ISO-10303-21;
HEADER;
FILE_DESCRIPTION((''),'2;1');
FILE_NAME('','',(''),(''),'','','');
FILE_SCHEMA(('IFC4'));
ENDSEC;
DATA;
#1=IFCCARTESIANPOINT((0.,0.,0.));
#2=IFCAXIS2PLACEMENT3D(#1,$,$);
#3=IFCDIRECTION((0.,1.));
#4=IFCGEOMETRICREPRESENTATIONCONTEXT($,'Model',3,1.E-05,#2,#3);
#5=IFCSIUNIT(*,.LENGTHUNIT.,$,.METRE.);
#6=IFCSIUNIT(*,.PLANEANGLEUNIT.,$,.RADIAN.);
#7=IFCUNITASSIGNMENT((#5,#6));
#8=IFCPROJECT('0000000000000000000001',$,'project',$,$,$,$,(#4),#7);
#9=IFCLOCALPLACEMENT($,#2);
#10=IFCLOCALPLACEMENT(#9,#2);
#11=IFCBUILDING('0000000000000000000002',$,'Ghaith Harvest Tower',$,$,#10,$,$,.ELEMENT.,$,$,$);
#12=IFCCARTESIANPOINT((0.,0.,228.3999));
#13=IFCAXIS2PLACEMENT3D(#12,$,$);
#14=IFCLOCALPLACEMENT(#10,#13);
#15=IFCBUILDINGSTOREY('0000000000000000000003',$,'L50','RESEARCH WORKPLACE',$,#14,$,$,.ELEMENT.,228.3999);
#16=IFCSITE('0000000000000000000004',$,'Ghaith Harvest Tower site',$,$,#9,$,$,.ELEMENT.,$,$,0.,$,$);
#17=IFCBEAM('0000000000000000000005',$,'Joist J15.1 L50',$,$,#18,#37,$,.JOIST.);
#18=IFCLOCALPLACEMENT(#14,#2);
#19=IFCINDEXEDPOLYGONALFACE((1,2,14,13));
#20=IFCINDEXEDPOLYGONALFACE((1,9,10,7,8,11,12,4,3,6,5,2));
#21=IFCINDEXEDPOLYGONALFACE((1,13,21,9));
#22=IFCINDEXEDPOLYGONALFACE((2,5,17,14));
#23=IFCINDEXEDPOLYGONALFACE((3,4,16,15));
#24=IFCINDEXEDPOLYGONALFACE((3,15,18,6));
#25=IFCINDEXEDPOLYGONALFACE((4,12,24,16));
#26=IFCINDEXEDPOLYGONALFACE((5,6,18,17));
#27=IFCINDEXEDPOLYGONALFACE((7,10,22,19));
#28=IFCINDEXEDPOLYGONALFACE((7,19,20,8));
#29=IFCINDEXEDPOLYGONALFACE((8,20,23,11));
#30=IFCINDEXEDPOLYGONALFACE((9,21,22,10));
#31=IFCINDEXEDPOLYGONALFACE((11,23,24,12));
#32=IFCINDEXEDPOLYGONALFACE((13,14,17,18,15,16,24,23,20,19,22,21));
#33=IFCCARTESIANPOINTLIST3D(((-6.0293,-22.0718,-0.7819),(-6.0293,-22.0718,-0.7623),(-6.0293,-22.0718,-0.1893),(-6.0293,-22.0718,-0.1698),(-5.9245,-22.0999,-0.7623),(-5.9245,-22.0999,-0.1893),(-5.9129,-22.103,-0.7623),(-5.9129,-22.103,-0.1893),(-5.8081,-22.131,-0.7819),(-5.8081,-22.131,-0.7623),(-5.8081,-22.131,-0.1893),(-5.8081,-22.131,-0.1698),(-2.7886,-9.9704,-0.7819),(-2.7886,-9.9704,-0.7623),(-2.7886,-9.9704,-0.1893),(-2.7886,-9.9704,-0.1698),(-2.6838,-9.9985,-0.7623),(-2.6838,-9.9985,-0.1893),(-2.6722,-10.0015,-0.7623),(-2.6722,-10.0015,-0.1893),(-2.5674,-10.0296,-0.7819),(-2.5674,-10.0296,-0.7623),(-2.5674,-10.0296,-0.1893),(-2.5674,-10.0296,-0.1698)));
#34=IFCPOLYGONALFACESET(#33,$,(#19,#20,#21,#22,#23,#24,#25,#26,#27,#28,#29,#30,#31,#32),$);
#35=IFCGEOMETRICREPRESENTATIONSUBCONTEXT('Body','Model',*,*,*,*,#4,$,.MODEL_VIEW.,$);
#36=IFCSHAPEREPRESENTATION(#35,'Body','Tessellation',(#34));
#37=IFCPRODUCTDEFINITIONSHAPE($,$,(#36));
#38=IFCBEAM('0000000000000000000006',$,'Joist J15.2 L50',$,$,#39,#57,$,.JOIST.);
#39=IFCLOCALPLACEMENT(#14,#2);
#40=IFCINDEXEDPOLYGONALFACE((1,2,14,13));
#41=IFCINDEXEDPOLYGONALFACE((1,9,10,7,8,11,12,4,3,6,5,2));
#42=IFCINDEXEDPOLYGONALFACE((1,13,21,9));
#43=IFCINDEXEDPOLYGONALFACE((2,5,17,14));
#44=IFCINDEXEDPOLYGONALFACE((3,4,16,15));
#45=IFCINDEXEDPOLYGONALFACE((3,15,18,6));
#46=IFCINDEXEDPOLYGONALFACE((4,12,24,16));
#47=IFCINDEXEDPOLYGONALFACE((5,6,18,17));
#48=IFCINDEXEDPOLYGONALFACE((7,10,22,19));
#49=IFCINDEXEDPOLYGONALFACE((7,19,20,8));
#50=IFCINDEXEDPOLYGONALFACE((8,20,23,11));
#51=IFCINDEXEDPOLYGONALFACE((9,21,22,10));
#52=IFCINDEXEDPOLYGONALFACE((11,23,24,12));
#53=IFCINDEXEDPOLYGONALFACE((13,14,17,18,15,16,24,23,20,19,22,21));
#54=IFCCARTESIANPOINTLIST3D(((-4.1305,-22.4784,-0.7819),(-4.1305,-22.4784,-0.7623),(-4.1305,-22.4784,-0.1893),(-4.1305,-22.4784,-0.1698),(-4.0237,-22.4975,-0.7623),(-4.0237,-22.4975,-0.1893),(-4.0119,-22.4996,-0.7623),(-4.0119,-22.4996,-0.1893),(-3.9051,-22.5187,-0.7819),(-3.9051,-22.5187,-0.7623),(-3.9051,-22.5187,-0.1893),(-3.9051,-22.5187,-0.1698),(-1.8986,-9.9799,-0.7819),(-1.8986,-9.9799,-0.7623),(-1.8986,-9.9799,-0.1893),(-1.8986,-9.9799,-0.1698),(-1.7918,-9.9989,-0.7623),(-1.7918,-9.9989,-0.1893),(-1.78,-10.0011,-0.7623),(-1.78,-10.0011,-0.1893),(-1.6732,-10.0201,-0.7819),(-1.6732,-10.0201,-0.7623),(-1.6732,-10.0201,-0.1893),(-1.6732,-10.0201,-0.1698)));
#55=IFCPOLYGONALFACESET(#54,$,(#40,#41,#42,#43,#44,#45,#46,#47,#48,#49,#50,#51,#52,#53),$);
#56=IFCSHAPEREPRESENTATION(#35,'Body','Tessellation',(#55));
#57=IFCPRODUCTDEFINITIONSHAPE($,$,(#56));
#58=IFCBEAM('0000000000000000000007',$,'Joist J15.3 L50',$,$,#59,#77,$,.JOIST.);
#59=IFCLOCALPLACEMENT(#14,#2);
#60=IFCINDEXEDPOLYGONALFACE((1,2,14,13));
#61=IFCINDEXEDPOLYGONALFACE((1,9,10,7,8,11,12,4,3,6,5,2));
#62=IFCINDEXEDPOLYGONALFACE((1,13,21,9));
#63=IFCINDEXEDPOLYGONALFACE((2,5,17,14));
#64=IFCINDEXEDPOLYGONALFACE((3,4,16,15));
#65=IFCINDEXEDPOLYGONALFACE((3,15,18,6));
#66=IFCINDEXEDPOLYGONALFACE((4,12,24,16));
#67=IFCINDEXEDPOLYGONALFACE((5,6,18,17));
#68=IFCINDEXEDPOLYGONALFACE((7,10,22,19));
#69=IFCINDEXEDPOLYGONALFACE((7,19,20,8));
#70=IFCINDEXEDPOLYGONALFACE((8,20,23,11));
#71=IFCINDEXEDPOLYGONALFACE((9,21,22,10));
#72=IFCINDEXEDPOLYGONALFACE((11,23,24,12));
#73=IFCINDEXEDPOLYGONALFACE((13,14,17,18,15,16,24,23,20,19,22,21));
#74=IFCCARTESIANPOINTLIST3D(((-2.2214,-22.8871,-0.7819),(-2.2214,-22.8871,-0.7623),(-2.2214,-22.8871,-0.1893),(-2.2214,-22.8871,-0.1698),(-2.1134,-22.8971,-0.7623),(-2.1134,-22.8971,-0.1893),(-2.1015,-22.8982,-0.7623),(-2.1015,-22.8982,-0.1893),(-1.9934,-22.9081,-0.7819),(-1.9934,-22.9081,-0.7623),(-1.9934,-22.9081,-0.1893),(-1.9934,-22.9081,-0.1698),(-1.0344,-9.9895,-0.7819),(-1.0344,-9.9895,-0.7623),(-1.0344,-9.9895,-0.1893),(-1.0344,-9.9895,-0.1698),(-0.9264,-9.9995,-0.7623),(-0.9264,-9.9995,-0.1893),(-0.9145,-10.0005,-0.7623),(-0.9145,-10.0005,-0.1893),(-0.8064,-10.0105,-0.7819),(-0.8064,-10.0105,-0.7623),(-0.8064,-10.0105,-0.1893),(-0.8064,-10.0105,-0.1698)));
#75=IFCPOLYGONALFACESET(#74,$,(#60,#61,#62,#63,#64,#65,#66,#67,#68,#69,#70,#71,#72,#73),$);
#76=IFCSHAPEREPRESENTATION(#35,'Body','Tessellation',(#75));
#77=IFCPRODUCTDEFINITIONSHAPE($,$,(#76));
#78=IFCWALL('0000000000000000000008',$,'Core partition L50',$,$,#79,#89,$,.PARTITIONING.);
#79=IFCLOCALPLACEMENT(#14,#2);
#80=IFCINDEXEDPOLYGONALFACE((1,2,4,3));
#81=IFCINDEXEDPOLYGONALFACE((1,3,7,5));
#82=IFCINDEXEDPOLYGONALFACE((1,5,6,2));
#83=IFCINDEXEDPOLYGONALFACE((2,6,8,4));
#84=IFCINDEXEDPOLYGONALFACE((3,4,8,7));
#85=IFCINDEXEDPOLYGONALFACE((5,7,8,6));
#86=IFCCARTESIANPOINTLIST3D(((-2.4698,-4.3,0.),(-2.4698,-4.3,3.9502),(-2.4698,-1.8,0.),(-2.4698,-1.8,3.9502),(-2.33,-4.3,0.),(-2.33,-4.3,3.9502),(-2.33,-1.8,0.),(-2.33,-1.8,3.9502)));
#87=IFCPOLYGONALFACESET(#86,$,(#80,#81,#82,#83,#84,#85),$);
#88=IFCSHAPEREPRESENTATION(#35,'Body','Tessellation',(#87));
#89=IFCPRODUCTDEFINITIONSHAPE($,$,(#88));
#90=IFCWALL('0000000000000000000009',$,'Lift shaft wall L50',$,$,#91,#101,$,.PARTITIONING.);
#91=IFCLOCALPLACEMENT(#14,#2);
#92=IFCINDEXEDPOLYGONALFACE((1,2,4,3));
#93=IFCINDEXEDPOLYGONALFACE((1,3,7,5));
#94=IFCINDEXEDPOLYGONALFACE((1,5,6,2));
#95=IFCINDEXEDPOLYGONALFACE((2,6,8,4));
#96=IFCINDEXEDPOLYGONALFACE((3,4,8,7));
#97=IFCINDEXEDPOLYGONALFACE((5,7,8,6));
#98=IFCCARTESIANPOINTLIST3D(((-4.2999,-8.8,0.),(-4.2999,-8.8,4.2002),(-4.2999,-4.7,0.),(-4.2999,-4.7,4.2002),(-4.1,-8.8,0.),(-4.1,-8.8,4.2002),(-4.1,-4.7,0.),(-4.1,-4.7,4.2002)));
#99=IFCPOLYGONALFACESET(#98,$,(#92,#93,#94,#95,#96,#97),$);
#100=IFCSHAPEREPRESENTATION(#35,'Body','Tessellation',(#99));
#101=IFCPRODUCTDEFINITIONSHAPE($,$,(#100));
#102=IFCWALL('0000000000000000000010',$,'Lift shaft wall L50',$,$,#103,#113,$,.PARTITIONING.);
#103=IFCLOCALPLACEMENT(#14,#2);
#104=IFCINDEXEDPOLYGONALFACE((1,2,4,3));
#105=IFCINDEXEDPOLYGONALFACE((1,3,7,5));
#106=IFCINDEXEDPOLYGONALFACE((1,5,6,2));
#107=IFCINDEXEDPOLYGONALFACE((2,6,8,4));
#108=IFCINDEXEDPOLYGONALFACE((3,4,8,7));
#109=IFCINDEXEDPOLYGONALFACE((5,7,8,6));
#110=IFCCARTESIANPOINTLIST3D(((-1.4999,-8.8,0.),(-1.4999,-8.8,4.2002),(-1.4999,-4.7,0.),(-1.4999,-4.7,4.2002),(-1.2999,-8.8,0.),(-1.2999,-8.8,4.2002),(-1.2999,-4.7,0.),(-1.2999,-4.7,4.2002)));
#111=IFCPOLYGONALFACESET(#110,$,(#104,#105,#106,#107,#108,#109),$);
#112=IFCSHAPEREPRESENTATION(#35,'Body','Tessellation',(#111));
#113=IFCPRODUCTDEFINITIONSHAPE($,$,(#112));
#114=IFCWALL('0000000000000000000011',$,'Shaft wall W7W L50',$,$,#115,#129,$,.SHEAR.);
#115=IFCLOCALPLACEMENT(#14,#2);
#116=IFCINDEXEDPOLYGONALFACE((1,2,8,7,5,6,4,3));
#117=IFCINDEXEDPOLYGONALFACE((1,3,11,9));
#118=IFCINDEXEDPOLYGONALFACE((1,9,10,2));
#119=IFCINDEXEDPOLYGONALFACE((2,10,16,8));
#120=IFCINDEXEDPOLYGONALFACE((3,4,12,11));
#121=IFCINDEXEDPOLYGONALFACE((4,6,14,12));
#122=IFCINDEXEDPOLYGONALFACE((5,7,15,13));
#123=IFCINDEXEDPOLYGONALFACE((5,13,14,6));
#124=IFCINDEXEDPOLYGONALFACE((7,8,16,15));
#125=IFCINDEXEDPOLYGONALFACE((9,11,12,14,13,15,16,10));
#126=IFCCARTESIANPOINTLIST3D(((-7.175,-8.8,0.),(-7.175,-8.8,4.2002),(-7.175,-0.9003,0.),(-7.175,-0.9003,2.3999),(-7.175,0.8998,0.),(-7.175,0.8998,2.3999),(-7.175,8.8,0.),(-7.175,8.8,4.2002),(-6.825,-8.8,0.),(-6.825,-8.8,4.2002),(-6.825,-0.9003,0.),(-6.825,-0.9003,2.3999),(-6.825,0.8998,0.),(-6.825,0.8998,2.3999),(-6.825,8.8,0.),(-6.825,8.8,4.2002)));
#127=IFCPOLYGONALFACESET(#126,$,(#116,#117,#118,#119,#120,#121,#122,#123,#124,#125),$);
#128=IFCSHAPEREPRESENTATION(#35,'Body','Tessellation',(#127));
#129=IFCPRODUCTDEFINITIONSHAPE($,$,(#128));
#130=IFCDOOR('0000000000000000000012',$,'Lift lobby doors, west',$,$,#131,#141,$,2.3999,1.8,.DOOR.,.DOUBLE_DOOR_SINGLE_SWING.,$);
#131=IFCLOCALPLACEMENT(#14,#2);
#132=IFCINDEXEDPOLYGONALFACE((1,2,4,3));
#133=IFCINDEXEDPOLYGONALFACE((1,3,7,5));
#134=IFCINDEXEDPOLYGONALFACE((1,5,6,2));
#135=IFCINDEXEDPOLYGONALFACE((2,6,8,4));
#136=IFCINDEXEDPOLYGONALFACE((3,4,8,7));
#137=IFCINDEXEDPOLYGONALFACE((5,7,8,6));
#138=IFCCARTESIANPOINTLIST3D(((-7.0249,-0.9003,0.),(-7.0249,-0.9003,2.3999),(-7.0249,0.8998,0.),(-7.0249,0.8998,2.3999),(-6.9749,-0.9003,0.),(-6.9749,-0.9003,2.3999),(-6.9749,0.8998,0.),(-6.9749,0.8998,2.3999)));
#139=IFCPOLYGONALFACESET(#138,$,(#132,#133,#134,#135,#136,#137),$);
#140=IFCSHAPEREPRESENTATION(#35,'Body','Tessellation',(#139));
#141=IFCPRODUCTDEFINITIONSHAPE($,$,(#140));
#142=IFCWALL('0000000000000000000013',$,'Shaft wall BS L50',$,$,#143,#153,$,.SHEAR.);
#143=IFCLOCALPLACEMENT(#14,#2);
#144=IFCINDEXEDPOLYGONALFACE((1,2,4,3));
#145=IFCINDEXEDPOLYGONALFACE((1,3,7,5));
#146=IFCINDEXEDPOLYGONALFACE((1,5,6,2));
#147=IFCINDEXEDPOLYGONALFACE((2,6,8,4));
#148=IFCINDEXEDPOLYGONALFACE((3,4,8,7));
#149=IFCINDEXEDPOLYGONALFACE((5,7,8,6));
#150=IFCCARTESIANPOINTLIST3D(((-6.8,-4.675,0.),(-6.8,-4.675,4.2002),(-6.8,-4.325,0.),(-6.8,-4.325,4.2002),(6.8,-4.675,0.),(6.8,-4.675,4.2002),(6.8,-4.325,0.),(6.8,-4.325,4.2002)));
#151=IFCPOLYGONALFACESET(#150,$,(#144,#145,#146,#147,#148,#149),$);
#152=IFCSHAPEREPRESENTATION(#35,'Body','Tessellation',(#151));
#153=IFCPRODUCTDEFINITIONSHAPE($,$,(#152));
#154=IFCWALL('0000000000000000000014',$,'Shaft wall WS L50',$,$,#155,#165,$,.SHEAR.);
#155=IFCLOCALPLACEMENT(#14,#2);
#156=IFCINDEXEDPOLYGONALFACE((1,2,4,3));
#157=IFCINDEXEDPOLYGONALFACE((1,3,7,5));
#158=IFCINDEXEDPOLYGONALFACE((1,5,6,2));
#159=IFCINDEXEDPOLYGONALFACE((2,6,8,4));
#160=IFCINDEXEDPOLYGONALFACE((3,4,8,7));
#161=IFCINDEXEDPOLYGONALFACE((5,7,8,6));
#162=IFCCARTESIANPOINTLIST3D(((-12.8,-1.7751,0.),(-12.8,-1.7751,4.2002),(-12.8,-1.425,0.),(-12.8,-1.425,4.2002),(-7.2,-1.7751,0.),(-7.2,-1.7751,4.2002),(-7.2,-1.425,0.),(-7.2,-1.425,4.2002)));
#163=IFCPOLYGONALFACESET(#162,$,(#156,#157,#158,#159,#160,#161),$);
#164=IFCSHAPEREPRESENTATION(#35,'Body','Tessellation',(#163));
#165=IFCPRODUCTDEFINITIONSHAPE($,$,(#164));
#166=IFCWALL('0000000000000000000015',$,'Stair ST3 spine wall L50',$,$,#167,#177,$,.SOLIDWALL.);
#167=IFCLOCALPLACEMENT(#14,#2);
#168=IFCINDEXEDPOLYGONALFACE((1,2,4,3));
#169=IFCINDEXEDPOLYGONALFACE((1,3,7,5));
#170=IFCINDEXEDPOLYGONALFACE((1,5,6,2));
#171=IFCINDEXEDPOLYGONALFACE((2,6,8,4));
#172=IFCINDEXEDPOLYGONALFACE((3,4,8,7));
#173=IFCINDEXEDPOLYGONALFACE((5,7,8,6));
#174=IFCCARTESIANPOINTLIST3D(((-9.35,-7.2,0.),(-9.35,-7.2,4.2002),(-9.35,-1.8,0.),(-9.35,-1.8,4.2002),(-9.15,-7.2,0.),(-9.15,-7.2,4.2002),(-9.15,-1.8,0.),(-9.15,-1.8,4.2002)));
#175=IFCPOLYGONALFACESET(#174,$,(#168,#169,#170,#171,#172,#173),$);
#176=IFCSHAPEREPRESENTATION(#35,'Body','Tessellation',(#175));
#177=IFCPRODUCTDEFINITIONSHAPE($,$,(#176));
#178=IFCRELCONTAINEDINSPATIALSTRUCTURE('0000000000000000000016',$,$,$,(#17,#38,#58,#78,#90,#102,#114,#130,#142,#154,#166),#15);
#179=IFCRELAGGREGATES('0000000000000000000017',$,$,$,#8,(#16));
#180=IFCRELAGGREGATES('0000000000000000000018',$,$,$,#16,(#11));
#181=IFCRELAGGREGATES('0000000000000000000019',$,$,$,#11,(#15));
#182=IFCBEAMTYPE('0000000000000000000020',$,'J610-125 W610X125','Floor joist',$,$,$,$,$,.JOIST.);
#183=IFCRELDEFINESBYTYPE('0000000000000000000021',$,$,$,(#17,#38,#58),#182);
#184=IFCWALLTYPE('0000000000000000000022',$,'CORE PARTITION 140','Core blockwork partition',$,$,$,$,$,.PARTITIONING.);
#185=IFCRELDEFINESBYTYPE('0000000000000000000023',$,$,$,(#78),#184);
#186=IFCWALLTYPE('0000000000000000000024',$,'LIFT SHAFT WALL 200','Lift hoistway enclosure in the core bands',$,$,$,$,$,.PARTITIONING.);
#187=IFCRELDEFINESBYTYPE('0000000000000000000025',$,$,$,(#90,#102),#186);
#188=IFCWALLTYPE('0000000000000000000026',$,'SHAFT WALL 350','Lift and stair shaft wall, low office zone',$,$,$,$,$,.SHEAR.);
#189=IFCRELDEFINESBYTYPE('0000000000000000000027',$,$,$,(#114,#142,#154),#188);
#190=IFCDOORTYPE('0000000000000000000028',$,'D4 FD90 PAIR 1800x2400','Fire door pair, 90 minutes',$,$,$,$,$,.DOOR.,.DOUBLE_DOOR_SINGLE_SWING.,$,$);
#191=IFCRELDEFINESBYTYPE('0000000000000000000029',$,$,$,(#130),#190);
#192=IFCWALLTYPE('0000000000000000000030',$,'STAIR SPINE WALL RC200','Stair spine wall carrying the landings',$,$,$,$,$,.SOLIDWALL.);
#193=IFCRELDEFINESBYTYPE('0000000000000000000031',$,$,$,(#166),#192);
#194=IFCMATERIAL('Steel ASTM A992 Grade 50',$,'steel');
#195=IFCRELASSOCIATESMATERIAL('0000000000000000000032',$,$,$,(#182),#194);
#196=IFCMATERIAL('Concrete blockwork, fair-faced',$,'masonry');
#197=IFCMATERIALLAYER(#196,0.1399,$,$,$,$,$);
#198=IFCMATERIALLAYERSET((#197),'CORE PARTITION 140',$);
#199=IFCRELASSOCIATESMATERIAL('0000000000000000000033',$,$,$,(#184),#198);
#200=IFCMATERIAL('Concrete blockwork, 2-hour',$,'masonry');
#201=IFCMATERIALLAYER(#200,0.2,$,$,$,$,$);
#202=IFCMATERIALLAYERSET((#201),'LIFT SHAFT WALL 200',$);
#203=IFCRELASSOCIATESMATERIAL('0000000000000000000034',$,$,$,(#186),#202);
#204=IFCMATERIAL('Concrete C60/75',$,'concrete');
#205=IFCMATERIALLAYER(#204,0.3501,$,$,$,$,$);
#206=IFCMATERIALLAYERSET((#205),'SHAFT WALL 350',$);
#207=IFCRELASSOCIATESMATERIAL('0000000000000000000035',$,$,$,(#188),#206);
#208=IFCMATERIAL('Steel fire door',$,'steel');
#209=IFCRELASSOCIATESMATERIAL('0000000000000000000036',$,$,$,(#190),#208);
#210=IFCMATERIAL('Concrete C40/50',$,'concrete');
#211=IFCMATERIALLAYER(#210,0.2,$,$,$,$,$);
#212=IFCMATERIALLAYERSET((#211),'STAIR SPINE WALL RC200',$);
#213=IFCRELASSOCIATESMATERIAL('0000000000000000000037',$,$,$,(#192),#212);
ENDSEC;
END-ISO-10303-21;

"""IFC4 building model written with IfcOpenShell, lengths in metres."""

from ifc_helpers import new_model, si_unit, direction, frame, frame_2d, origin, origin_2d, place, context, subcontext, project, spatial, rectangle, i_section, extrude, material, layer, layer_set, material_profile, profile_set, type_object, element, fill, save


model = new_model("IFC4")

# Units and contexts
model_context = context("Model", 3, precision=1e-05, world=origin(), true_north=direction((0.0, 1.0)))
body_context = subcontext(model_context, "Body", "Model", "MODEL_VIEW")
ifc_project = project(units=[si_unit("LENGTHUNIT", "METRE"), si_unit("PLANEANGLEUNIT", "RADIAN")], contexts=[model_context])

# Site, building, storey
site_placement = place(None, origin())
site = spatial("IfcSite", under=ifc_project, at=site_placement, Name="Ghaith Harvest Tower site", CompositionType="ELEMENT", RefElevation=0.0)
building_placement = place(site_placement, origin())
building = spatial("IfcBuilding", under=site, at=building_placement, Name="Ghaith Harvest Tower", CompositionType="ELEMENT")
storey_placement = place(building_placement, frame((0.0, 0.0, 228.3999)))
storey = spatial("IfcBuildingStorey", under=building, at=storey_placement, Name="L50", Description="RESEARCH WORKPLACE", CompositionType="ELEMENT", Elevation=228.3999)

# Beams
ifc_material_1 = material(Name="Steel ASTM A992 Grade 50", Category="steel")
ifc_material_profile_1 = material_profile(ifc_material_1, i_section(OverallWidth=0.229, OverallDepth=0.6121, WebThickness=0.012, FlangeThickness=0.0195, at=origin_2d()), Name="W610X125")
ifc_profile_set_1 = profile_set([ifc_material_profile_1], Name="Steel ASTM A992 Grade 50")
beam_type_1 = type_object("IfcBeamType", Name="J610-125 W610X125", Description="Floor joist", PredefinedType="JOIST", material=ifc_profile_set_1)
beam_1_placement = place(storey_placement, frame((-2.678, -10.0, -0.4758), z_axis=(-0.258684, -0.965962, 0.0), x_axis=(0.965962, -0.258684, 0.0)))
element("IfcBeam", 1, at=beam_1_placement, inside=storey, type_object=beam_type_1, Name="Joist J15.1 L50", PredefinedType="JOIST", context=body_context, shape_type="SweptSolid", body=[
    extrude(i_section(OverallWidth=0.229, OverallDepth=0.6121, WebThickness=0.012, FlangeThickness=0.0195, at=origin_2d()), origin(), (0.0, 0.0, 1.0), 12.5278),
])
beam_2_placement = place(storey_placement, frame((-1.7859, -10.0, -0.4758), z_axis=(-0.175795, -0.984427, 0.0), x_axis=(0.984427, -0.175795, 0.0)))
element("IfcBeam", 2, at=beam_2_placement, inside=storey, type_object=beam_type_1, Name="Joist J15.2 L50", PredefinedType="JOIST", context=body_context, shape_type="SweptSolid", body=[
    extrude(i_section(OverallWidth=0.229, OverallDepth=0.6121, WebThickness=0.012, FlangeThickness=0.0195, at=origin_2d()), origin(), (0.0, 0.0, 1.0), 12.6963),
])
beam_3_placement = place(storey_placement, frame((-0.9204, -10.0, -0.4758), z_axis=(-0.091645, -0.995792, 0.0), x_axis=(0.995792, -0.091645, 0.0)))
element("IfcBeam", 3, at=beam_3_placement, inside=storey, type_object=beam_type_1, Name="Joist J15.3 L50", PredefinedType="JOIST", context=body_context, shape_type="SweptSolid", body=[
    extrude(i_section(OverallWidth=0.229, OverallDepth=0.6121, WebThickness=0.012, FlangeThickness=0.0195, at=origin_2d()), origin(), (0.0, 0.0, 1.0), 12.9521),
])

# Walls
ifc_material_2 = material(Name="Concrete blockwork, fair-faced", Category="masonry")
ifc_layer_1 = layer(ifc_material_2, 0.1399)
ifc_layer_set_1 = layer_set([ifc_layer_1], Name="CORE PARTITION 140")
wall_type_1 = type_object("IfcWallType", Name="CORE PARTITION 140", Description="Core blockwork partition", PredefinedType="PARTITIONING", material=ifc_layer_set_1)
wall_1_placement = place(storey_placement, frame((-2.3999, -1.8, 0.0), z_axis=(0.0, 0.0, 1.0), x_axis=(0.0, -1.0, 0.0)))
element("IfcWall", 4, at=wall_1_placement, inside=storey, type_object=wall_type_1, Name="Core partition L50", PredefinedType="PARTITIONING", context=body_context, shape_type="SweptSolid", body=[
    extrude(rectangle(XDim=2.5, YDim=0.1399, at=frame_2d((1.25, 0.0))), origin(), (0.0, 0.0, 1.0), 3.9502),
])
ifc_material_3 = material(Name="Concrete blockwork, 2-hour", Category="masonry")
ifc_layer_2 = layer(ifc_material_3, 0.2)
ifc_layer_set_2 = layer_set([ifc_layer_2], Name="LIFT SHAFT WALL 200")
wall_type_2 = type_object("IfcWallType", Name="LIFT SHAFT WALL 200", Description="Lift hoistway enclosure in the core bands", PredefinedType="PARTITIONING", material=ifc_layer_set_2)
for number, where, z_axis, x_axis, name in (
    (5, (-4.2, -4.7, 0.0), (0.0, 0.0, 1.0), (0.0, -1.0, 0.0), "Lift shaft wall L50"),
    (6, (-1.3999, -4.7, 0.0), (0.0, 0.0, 1.0), (0.0, -1.0, 0.0), "Lift shaft wall L50"),
):
    element("IfcWall", number, at=place(storey_placement, frame(where, z_axis=z_axis, x_axis=x_axis)), inside=storey, type_object=wall_type_2, Name=name, PredefinedType="PARTITIONING", context=body_context, shape_type="SweptSolid", body=[
        extrude(rectangle(XDim=4.1001, YDim=0.2, at=frame_2d((2.05, 0.0))), origin(), (0.0, 0.0, 1.0), 4.2002),
    ])

# Wall, opening, door
ifc_material_4 = material(Name="Concrete C60/75", Category="concrete")
ifc_layer_3 = layer(ifc_material_4, 0.3501)
ifc_layer_set_3 = layer_set([ifc_layer_3], Name="SHAFT WALL 350")
wall_type_3 = type_object("IfcWallType", Name="SHAFT WALL 350", Description="Lift and stair shaft wall, low office zone", PredefinedType="SHEAR", material=ifc_layer_set_3)
wall_2_placement = place(storey_placement, frame((-7.0, -8.8, 0.0), z_axis=(0.0, 0.0, 1.0), x_axis=(0.0, 1.0, 0.0)))
wall_2 = element("IfcWall", 7, at=wall_2_placement, inside=storey, type_object=wall_type_3, Name="Shaft wall W7W L50", PredefinedType="SHEAR", context=body_context, shape_type="SweptSolid", body=[
    extrude(rectangle(XDim=17.6001, YDim=0.3501, at=frame_2d((8.8, 0.0))), origin(), (0.0, 0.0, 1.0), 4.2002),
])
opening_1_placement = place(wall_2_placement, frame((7.8999, 0.0, 0.0)))
opening_1 = element("IfcOpeningElement", 8, at=opening_1_placement, cuts=wall_2, PredefinedType="OPENING", context=body_context, shape_type="SweptSolid", body=[
    extrude(rectangle(XDim=1.8, YDim=2.3999, at=frame_2d((0.8999, 1.2))), frame((0.0, 0.1851, 0.0), z_axis=(0.0, -1.0, 0.0), x_axis=(1.0, 0.0, 0.0)), (0.0, 0.0, 1.0), 0.3701),
])
ifc_material_5 = material(Name="Steel fire door", Category="steel")
door_type_1 = type_object("IfcDoorType", Name="D4 FD90 PAIR 1800x2400", Description="Fire door pair, 90 minutes", OperationType="DOUBLE_DOOR_SINGLE_SWING", PredefinedType="DOOR", material=ifc_material_5)
door_1_placement = place(opening_1_placement, origin())
door_1 = element("IfcDoor", 9, at=door_1_placement, inside=storey, type_object=door_type_1, Name="Lift lobby doors, west", OperationType="DOUBLE_DOOR_SINGLE_SWING", OverallHeight=2.3999, OverallWidth=1.8, PredefinedType="DOOR", context=body_context, shape_type="SweptSolid", body=[
    extrude(rectangle(XDim=1.8, YDim=2.3999, at=frame_2d((0.8999, 1.2))), frame((0.0, 0.0249, 0.0), z_axis=(0.0, -1.0, 0.0), x_axis=(1.0, 0.0, 0.0)), (0.0, 0.0, 1.0), 0.05),
])
fill(opening_1, door_1)

# Walls
wall_3_placement = place(storey_placement, frame((-6.8, -4.5, 0.0), z_axis=(0.0, 0.0, 1.0), x_axis=(1.0, 0.0, 0.0)))
element("IfcWall", 10, at=wall_3_placement, inside=storey, type_object=wall_type_3, Name="Shaft wall BS L50", PredefinedType="SHEAR", context=body_context, shape_type="SweptSolid", body=[
    extrude(rectangle(XDim=13.6001, YDim=0.3501, at=frame_2d((6.8, 0.0))), origin(), (0.0, 0.0, 1.0), 4.2002),
])
wall_4_placement = place(storey_placement, frame((-12.8, -1.6001, 0.0), z_axis=(0.0, 0.0, 1.0), x_axis=(1.0, 0.0, 0.0)))
element("IfcWall", 11, at=wall_4_placement, inside=storey, type_object=wall_type_3, Name="Shaft wall WS L50", PredefinedType="SHEAR", context=body_context, shape_type="SweptSolid", body=[
    extrude(rectangle(XDim=5.6001, YDim=0.3501, at=frame_2d((2.8, 0.0))), origin(), (0.0, 0.0, 1.0), 4.2002),
])
ifc_material_6 = material(Name="Concrete C40/50", Category="concrete")
ifc_layer_4 = layer(ifc_material_6, 0.2)
ifc_layer_set_4 = layer_set([ifc_layer_4], Name="STAIR SPINE WALL RC200")
wall_type_4 = type_object("IfcWallType", Name="STAIR SPINE WALL RC200", Description="Stair spine wall carrying the landings", PredefinedType="SOLIDWALL", material=ifc_layer_set_4)
wall_5_placement = place(storey_placement, frame((-9.25, -7.2, 0.0), z_axis=(0.0, 0.0, 1.0), x_axis=(0.0, 1.0, 0.0)))
element("IfcWall", 12, at=wall_5_placement, inside=storey, type_object=wall_type_4, Name="Stair ST3 spine wall L50", PredefinedType="SOLIDWALL", context=body_context, shape_type="SweptSolid", body=[
    extrude(rectangle(XDim=5.3999, YDim=0.2, at=frame_2d((2.7, 0.0))), origin(), (0.0, 0.0, 1.0), 4.2002),
])

save(model, "model.ifc")
